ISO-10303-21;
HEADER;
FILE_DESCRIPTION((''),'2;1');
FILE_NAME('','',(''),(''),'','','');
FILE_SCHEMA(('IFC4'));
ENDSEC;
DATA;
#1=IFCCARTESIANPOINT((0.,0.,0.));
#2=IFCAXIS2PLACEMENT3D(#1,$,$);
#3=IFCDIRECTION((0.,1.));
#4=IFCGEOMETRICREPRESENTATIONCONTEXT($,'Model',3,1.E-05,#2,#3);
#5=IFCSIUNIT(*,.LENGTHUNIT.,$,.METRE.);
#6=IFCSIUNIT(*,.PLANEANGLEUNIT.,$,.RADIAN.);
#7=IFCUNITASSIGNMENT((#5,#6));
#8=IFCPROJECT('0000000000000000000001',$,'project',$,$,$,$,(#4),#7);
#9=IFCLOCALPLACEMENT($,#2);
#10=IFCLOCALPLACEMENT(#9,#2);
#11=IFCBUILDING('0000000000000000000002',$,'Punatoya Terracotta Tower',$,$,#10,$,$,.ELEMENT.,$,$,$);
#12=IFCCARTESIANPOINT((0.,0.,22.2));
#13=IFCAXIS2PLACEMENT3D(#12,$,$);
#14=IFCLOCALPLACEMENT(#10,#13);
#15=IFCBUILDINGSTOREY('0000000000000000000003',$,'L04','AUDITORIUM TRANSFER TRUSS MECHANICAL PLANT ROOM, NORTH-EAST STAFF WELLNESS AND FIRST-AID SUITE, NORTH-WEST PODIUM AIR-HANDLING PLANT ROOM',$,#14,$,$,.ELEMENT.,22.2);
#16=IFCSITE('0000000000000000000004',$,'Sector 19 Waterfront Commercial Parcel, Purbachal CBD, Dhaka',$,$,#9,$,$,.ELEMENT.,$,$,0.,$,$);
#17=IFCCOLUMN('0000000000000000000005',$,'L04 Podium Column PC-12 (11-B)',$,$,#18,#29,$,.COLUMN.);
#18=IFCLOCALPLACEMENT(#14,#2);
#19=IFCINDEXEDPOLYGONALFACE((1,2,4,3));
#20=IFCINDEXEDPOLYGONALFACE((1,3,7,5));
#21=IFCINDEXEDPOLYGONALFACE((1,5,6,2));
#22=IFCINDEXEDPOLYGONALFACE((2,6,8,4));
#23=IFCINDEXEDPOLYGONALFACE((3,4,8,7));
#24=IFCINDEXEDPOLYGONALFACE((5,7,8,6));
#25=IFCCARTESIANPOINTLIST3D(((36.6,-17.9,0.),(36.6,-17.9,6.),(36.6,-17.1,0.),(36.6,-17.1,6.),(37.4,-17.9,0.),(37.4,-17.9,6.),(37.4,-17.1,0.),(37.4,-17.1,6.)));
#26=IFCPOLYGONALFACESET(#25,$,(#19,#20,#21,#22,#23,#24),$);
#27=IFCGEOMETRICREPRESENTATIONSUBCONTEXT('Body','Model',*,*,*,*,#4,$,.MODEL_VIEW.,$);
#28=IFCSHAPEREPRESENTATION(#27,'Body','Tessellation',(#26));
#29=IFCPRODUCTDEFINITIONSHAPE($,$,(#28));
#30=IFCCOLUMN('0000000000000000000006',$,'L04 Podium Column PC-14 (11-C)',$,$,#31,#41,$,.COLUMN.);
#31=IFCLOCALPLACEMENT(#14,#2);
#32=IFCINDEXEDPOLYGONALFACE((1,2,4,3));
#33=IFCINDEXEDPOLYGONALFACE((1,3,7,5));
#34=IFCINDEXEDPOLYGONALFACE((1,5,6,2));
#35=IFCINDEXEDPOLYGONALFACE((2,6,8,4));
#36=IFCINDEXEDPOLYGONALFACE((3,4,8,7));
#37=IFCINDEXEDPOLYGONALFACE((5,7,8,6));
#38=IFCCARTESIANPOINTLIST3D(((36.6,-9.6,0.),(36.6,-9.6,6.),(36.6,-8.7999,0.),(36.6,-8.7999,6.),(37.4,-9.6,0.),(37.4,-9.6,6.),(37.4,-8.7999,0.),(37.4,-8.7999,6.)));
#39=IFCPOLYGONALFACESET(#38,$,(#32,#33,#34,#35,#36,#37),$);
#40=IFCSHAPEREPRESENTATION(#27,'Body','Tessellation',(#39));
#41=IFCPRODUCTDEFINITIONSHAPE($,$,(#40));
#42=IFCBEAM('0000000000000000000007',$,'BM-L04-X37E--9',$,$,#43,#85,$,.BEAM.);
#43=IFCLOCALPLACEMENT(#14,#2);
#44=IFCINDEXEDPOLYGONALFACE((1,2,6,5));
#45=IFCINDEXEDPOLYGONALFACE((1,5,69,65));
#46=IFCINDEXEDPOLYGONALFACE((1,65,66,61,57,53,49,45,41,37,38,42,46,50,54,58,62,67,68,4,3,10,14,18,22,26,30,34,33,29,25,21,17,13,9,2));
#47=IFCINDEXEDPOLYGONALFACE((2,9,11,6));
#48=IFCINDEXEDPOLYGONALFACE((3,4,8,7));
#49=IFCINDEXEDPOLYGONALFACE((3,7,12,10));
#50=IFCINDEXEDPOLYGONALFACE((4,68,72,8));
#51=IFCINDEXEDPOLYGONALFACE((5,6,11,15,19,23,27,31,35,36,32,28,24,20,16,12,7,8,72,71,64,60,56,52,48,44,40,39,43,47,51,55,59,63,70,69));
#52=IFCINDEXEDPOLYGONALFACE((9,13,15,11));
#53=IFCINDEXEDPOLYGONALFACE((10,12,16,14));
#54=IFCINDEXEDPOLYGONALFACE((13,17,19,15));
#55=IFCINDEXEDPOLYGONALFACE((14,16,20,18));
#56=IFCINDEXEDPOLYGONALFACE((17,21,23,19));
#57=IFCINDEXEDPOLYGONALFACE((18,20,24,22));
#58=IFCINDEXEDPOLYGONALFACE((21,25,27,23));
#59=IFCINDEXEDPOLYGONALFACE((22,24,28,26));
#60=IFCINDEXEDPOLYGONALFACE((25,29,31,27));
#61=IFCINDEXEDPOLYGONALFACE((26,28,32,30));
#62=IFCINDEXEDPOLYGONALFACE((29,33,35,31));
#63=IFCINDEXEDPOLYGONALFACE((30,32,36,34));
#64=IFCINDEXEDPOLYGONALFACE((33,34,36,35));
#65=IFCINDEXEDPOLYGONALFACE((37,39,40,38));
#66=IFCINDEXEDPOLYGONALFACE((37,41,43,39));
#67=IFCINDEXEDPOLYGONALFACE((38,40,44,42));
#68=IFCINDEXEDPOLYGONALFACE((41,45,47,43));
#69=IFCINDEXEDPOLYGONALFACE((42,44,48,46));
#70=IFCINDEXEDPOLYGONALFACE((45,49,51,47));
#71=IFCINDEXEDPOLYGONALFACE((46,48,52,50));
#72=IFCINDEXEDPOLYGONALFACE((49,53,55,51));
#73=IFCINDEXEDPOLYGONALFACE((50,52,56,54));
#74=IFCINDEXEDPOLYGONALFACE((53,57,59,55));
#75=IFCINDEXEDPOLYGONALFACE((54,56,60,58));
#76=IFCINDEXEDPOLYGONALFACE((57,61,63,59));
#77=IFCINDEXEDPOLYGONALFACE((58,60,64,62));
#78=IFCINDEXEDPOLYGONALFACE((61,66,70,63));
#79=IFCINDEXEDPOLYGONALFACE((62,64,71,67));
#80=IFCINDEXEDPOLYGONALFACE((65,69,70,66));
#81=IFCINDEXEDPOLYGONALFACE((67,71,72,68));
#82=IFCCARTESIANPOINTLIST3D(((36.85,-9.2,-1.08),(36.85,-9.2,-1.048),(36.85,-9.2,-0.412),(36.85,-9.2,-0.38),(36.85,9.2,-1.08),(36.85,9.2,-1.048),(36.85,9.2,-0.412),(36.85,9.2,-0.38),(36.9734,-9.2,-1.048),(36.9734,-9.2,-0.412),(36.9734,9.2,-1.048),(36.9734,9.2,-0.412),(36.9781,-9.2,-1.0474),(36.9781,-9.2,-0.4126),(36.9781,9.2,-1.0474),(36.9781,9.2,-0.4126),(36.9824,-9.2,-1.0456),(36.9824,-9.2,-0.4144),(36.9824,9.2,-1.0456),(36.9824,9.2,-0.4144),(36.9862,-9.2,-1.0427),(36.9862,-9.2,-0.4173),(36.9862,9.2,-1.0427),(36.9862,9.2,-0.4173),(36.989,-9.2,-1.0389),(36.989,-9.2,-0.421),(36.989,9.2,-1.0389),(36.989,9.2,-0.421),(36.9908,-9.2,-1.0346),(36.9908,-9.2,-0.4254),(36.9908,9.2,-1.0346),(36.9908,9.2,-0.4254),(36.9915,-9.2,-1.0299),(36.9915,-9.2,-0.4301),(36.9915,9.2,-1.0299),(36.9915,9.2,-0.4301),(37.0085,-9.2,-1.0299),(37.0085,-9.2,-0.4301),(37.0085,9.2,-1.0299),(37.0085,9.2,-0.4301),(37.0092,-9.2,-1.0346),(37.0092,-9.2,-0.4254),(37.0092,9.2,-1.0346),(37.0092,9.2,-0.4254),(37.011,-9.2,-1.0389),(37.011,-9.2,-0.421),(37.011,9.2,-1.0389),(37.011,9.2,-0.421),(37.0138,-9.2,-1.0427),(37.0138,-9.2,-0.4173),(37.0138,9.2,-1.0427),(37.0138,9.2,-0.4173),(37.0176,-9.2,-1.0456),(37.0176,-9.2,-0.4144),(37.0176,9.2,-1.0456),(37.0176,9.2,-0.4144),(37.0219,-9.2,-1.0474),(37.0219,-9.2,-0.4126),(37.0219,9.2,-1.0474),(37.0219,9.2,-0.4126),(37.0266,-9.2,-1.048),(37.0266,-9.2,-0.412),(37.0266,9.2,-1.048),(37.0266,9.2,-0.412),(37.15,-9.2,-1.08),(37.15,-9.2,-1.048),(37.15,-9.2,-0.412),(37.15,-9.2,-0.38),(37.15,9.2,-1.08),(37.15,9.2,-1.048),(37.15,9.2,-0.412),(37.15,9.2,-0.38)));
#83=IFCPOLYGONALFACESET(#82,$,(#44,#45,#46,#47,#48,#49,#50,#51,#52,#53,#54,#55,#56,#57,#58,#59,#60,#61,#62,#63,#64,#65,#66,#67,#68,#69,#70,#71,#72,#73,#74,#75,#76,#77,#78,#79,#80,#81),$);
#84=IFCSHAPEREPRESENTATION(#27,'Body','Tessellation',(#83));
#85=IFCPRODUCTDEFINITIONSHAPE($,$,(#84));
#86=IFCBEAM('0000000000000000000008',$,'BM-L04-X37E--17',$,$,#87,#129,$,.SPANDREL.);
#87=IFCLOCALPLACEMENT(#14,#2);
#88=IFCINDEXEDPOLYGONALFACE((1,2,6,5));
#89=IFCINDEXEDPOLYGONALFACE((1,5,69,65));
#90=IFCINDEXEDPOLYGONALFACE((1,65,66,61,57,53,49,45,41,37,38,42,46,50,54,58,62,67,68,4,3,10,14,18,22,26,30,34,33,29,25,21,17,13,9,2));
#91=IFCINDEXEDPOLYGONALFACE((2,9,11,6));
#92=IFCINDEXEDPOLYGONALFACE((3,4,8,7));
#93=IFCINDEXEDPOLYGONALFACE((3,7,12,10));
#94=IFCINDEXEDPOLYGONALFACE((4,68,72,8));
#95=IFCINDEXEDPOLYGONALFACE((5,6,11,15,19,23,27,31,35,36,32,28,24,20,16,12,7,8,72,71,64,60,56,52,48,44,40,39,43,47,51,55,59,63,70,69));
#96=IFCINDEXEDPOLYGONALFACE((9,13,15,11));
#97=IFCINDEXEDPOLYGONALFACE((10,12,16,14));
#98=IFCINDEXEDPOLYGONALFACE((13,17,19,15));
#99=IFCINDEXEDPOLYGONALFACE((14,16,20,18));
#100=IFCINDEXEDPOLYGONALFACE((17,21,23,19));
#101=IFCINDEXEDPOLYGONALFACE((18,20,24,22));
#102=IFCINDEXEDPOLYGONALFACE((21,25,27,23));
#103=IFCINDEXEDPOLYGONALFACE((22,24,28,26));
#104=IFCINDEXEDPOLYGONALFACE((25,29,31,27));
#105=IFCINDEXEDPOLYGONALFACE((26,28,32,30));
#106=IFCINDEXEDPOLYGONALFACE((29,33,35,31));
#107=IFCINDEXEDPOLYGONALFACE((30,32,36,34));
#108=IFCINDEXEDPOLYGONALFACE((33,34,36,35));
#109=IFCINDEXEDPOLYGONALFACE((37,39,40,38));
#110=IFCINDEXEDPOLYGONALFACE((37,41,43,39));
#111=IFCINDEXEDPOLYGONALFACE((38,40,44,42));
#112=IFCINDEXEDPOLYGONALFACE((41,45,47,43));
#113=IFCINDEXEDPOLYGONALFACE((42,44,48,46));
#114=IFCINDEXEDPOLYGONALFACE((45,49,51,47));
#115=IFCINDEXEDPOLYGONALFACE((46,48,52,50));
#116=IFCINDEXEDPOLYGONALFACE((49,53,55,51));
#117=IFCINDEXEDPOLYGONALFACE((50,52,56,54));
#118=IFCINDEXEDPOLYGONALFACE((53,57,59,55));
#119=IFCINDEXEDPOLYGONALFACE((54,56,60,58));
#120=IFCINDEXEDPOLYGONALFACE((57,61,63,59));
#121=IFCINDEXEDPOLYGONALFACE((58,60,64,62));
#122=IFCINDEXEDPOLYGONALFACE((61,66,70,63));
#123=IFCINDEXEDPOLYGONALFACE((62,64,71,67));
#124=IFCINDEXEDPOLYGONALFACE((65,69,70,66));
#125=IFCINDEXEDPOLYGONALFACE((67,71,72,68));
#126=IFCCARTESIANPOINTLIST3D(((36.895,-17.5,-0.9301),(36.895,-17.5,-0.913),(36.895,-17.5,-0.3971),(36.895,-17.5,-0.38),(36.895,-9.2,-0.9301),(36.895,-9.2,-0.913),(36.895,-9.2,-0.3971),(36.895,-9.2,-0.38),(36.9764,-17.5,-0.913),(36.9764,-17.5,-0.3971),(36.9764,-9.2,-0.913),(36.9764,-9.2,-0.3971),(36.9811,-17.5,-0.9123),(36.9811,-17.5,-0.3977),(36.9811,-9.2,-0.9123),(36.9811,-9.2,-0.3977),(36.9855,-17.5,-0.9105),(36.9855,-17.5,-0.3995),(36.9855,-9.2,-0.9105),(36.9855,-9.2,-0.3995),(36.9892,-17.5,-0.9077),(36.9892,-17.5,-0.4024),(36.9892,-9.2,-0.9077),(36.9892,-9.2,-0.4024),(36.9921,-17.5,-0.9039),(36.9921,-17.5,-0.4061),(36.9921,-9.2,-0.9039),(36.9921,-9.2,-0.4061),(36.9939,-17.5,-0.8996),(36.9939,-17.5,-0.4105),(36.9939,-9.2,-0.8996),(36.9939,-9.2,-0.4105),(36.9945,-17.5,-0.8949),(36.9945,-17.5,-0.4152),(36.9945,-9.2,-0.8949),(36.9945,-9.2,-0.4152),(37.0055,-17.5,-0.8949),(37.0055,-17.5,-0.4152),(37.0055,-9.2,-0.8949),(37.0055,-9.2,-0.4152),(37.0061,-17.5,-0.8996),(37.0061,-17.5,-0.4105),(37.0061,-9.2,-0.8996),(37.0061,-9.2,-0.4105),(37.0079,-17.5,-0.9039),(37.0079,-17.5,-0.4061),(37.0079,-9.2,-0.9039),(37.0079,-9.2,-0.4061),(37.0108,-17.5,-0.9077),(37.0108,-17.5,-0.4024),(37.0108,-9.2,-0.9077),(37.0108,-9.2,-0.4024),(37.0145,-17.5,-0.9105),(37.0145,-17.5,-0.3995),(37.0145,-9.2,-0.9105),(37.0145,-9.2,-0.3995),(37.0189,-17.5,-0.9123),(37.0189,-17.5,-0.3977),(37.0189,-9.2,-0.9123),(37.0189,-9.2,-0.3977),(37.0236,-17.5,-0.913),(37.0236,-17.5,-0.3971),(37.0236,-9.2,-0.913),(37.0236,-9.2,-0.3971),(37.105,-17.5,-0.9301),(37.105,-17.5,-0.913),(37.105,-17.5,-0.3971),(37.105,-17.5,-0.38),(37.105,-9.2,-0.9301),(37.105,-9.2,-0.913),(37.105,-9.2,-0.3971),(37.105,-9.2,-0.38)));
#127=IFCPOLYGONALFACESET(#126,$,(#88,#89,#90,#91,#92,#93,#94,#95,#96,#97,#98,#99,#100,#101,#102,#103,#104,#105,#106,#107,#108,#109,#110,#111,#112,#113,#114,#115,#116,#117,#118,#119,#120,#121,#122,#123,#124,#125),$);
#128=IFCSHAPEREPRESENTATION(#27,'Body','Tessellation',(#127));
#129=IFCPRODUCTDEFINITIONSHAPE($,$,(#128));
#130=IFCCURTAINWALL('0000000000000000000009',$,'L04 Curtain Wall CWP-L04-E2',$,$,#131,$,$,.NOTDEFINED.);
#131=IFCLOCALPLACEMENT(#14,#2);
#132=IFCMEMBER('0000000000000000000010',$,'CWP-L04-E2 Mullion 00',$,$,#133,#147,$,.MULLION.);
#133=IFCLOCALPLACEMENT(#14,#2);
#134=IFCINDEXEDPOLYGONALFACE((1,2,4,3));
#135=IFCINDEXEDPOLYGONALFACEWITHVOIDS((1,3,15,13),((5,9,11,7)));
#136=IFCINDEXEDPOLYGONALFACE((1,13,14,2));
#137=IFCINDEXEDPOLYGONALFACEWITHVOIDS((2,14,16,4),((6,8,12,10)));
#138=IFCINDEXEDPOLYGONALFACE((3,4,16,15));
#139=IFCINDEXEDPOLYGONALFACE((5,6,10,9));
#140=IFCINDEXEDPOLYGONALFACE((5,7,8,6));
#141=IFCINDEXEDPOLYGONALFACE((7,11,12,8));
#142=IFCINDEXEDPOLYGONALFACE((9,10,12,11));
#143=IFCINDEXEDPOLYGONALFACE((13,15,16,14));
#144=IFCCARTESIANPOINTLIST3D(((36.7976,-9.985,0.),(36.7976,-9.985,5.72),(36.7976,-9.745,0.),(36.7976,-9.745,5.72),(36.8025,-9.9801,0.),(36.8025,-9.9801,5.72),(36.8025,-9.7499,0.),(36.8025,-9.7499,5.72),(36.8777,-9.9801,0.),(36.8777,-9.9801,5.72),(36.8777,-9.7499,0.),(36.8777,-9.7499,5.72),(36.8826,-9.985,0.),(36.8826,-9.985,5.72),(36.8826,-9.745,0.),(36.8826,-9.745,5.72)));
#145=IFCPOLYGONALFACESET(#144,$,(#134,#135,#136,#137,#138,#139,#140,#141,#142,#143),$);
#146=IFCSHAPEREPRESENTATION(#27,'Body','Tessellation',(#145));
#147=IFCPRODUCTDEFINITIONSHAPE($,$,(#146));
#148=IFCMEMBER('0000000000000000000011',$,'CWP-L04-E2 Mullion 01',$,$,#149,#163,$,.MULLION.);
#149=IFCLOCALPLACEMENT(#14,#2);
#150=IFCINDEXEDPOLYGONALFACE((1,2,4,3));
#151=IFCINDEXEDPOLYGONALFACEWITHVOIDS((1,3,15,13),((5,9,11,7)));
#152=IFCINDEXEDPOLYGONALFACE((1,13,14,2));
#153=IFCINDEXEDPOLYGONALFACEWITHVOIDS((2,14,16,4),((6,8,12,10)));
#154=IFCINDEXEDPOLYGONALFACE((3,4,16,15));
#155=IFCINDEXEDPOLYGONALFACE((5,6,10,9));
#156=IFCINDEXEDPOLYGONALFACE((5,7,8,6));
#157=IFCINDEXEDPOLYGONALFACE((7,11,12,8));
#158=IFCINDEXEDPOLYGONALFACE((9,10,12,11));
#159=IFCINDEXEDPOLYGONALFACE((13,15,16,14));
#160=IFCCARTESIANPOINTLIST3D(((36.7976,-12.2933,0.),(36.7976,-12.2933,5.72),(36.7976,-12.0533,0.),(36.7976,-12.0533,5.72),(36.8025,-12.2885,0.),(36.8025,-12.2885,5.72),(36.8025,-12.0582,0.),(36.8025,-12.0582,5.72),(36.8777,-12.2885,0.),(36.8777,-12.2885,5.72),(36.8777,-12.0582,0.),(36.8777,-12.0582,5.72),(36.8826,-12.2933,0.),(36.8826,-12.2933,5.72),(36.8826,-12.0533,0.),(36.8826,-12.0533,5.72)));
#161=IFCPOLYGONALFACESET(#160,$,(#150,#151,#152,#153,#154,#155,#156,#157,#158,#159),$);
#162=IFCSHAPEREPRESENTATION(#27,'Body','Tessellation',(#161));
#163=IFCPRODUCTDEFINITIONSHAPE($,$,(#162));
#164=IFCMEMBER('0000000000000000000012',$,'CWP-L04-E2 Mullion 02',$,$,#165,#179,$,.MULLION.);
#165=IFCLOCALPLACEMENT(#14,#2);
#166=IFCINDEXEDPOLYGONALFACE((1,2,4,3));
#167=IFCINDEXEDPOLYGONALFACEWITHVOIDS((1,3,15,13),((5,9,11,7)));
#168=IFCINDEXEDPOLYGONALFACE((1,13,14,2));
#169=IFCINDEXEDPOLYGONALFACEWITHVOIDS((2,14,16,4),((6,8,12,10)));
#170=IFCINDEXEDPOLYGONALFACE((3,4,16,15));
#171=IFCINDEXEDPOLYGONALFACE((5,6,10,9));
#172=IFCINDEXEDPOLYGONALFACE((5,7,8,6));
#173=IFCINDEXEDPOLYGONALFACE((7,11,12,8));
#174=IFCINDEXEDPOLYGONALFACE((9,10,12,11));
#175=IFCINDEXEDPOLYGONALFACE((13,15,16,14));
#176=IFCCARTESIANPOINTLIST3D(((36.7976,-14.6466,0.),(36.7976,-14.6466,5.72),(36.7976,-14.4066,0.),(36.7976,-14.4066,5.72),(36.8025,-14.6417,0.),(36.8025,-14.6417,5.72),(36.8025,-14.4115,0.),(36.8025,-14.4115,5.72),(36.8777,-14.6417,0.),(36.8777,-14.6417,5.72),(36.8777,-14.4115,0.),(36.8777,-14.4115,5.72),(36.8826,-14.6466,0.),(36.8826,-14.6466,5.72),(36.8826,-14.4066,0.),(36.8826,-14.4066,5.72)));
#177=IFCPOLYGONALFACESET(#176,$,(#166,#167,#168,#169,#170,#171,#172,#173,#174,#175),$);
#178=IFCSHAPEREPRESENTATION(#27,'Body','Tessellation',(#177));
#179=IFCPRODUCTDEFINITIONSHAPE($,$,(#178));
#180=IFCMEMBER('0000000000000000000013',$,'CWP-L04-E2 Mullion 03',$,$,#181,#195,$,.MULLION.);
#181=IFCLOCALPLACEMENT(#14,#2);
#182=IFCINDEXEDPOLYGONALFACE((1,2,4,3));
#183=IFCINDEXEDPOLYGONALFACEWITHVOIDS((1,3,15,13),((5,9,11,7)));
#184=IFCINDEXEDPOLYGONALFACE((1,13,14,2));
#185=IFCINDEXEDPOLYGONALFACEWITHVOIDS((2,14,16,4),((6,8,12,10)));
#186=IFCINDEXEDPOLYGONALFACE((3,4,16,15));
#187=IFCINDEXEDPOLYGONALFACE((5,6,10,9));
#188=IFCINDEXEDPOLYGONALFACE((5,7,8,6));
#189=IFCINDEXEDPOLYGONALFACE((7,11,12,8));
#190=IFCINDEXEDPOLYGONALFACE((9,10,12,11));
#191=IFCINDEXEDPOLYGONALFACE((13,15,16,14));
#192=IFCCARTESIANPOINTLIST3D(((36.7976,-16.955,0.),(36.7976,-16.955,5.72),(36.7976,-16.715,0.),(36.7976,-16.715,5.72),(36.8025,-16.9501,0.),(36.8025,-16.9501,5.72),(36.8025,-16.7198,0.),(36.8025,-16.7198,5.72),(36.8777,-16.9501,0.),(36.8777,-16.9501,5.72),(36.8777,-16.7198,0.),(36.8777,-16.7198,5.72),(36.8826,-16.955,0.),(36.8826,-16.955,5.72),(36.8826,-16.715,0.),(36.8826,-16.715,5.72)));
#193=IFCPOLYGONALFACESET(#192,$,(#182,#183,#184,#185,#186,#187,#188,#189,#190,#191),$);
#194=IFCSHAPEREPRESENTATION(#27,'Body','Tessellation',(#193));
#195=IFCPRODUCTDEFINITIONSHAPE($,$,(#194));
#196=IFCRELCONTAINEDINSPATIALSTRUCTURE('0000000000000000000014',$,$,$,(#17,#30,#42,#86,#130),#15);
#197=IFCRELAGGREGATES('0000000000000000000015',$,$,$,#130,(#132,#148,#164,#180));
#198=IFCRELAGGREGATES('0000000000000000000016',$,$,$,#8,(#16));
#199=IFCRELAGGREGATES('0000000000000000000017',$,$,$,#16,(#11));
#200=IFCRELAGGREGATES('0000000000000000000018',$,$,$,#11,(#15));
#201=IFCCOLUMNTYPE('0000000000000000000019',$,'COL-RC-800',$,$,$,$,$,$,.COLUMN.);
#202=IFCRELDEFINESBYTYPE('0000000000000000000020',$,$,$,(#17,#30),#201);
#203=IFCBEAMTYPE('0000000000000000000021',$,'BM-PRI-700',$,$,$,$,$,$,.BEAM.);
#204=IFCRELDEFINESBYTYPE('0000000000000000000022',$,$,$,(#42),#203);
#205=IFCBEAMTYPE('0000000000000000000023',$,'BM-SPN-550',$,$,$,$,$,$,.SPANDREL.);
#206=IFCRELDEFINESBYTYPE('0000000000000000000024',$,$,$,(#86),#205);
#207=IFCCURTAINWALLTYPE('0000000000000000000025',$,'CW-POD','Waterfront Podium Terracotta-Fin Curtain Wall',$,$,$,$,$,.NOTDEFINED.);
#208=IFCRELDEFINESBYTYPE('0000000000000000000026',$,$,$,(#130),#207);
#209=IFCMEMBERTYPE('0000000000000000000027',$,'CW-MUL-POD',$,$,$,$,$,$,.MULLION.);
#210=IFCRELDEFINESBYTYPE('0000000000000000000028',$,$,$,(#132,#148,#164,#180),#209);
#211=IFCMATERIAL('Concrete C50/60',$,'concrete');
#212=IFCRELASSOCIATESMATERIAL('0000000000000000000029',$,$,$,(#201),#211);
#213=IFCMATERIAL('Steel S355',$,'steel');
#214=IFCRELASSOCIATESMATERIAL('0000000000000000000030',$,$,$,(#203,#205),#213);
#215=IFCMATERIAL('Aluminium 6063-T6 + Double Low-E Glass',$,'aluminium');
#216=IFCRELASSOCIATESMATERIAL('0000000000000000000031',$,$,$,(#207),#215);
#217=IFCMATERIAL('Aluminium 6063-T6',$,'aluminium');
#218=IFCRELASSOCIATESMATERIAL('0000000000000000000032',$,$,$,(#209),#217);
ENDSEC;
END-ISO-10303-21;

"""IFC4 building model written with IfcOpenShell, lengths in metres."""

from ifc_helpers import new_model, si_unit, direction, frame, origin, origin_2d, place, context, subcontext, project, spatial, rectangle, hollow_rectangle, i_section, extrude, material, material_profile, profile_set, type_object, element, aggregate, save


model = new_model("IFC4")

# Units and contexts
model_context = context("Model", 3, precision=1e-05, world=origin(), true_north=direction((0.0, 1.0)))
body_context = subcontext(model_context, "Body", "Model", "MODEL_VIEW")
ifc_project = project(units=[si_unit("LENGTHUNIT", "METRE"), si_unit("PLANEANGLEUNIT", "RADIAN")], contexts=[model_context])

# Site, building, storey
site_placement = place(None, origin())
site = spatial("IfcSite", under=ifc_project, at=site_placement, Name="Sector 19 Waterfront Commercial Parcel, Purbachal CBD, Dhaka", CompositionType="ELEMENT", RefElevation=0.0)
building_placement = place(site_placement, origin())
building = spatial("IfcBuilding", under=site, at=building_placement, Name="Punatoya Terracotta Tower", CompositionType="ELEMENT")
storey_placement = place(building_placement, frame((0.0, 0.0, 22.2)))
storey = spatial("IfcBuildingStorey", under=building, at=storey_placement, Name="L04", Description="AUDITORIUM TRANSFER TRUSS MECHANICAL PLANT ROOM, NORTH-EAST STAFF WELLNESS AND FIRST-AID SUITE, NORTH-WEST PODIUM AIR-HANDLING PLANT ROOM", CompositionType="ELEMENT", Elevation=22.2)

# Columns
ifc_material_1 = material(Name="Concrete C50/60", Category="concrete")
ifc_material_profile_1 = material_profile(ifc_material_1, rectangle(XDim=0.8, YDim=0.8, at=origin_2d()))
ifc_profile_set_1 = profile_set([ifc_material_profile_1], Name="Concrete C50/60")
column_type = type_object("IfcColumnType", Name="COL-RC-800", PredefinedType="COLUMN", material=ifc_profile_set_1)
for number, where, z_axis, x_axis, name in (
    (1, (37.0, -17.5, 0.0), (0.0, 0.0, 1.0), (1.0, 0.0, 0.0), "L04 Podium Column PC-12 (11-B)"),
    (2, (37.0, -9.2, 0.0), (0.0, 0.0, 1.0), (1.0, 0.0, 0.0), "L04 Podium Column PC-14 (11-C)"),
):
    element("IfcColumn", number, at=place(storey_placement, frame(where, z_axis=z_axis, x_axis=x_axis)), inside=storey, type_object=column_type, Name=name, PredefinedType="COLUMN", context=body_context, shape_type="SweptSolid", body=[
        extrude(rectangle(XDim=0.8, YDim=0.8, at=origin_2d()), origin(), (0.0, 0.0, 1.0), 6.0),
    ])

# Beams
ifc_material_2 = material(Name="Steel S355", Category="steel")
ifc_material_profile_2 = material_profile(ifc_material_2, i_section(OverallWidth=0.3, OverallDepth=0.7, WebThickness=0.0171, FlangeThickness=0.032, FilletRadius=0.0181, at=origin_2d()))
ifc_profile_set_2 = profile_set([ifc_material_profile_2], Name="Steel S355")
beam_type_1 = type_object("IfcBeamType", Name="BM-PRI-700", PredefinedType="BEAM", material=ifc_profile_set_2)
beam_1_placement = place(storey_placement, frame((37.0, -9.2, -0.73), z_axis=(0.0, 1.0, 0.0), x_axis=(-1.0, 0.0, 0.0)))
element("IfcBeam", 3, at=beam_1_placement, inside=storey, type_object=beam_type_1, Name="BM-L04-X37E--9", PredefinedType="BEAM", context=body_context, shape_type="SweptSolid", body=[
    extrude(i_section(OverallWidth=0.3, OverallDepth=0.7, WebThickness=0.0171, FlangeThickness=0.032, FilletRadius=0.0181, at=origin_2d()), origin(), (0.0, 0.0, 1.0), 18.3999),
])
ifc_material_profile_3 = material_profile(ifc_material_2, i_section(OverallWidth=0.21, OverallDepth=0.55, WebThickness=0.011, FlangeThickness=0.0171, FilletRadius=0.0181, at=origin_2d()))
ifc_profile_set_3 = profile_set([ifc_material_profile_3], Name="Steel S355")
beam_type_2 = type_object("IfcBeamType", Name="BM-SPN-550", PredefinedType="SPANDREL", material=ifc_profile_set_3)
beam_2_placement = place(storey_placement, frame((37.0, -17.5, -0.655), z_axis=(0.0, 1.0, 0.0), x_axis=(-1.0, 0.0, 0.0)))
element("IfcBeam", 4, at=beam_2_placement, inside=storey, type_object=beam_type_2, Name="BM-L04-X37E--17", PredefinedType="SPANDREL", context=body_context, shape_type="SweptSolid", body=[
    extrude(i_section(OverallWidth=0.21, OverallDepth=0.55, WebThickness=0.011, FlangeThickness=0.0171, FilletRadius=0.0181, at=origin_2d()), origin(), (0.0, 0.0, 1.0), 8.3),
])

# Curtain wall, members
ifc_material_3 = material(Name="Aluminium 6063-T6 + Double Low-E Glass", Category="aluminium")
curtain_wall_type = type_object("IfcCurtainWallType", Name="CW-POD", Description="Waterfront Podium Terracotta-Fin Curtain Wall", PredefinedType="NOTDEFINED", material=ifc_material_3)
curtain_wall_1_placement = place(storey_placement, origin())
curtain_wall_1 = element("IfcCurtainWall", 5, at=curtain_wall_1_placement, inside=storey, type_object=curtain_wall_type, Name="L04 Curtain Wall CWP-L04-E2", PredefinedType="NOTDEFINED")
ifc_material_4 = material(Name="Aluminium 6063-T6", Category="aluminium")
ifc_material_profile_4 = material_profile(ifc_material_4, hollow_rectangle(XDim=0.085, YDim=0.24, WallThickness=0.0049, at=origin_2d()))
ifc_profile_set_4 = profile_set([ifc_material_profile_4], Name="Aluminium 6063-T6")
member_type_1 = type_object("IfcMemberType", Name="CW-MUL-POD", PredefinedType="MULLION", material=ifc_profile_set_4)
member_1_placement = place(storey_placement, frame((36.8401, -9.865, 0.0), z_axis=(0.0, 0.0, 1.0), x_axis=(1.0, 0.0, 0.0)))
member_1 = element("IfcMember", 6, at=member_1_placement, type_object=member_type_1, Name="CWP-L04-E2 Mullion 00", PredefinedType="MULLION", context=body_context, shape_type="SweptSolid", body=[
    extrude(hollow_rectangle(XDim=0.085, YDim=0.24, WallThickness=0.0049, at=origin_2d()), origin(), (0.0, 0.0, 1.0), 5.72),
])
member_2_placement = place(storey_placement, frame((36.8401, -12.1733, 0.0), z_axis=(0.0, 0.0, 1.0), x_axis=(1.0, 0.0, 0.0)))
member_2 = element("IfcMember", 7, at=member_2_placement, type_object=member_type_1, Name="CWP-L04-E2 Mullion 01", PredefinedType="MULLION", context=body_context, shape_type="SweptSolid", body=[
    extrude(hollow_rectangle(XDim=0.085, YDim=0.24, WallThickness=0.0049, at=origin_2d()), origin(), (0.0, 0.0, 1.0), 5.72),
])
member_3_placement = place(storey_placement, frame((36.8401, -14.5266, 0.0), z_axis=(0.0, 0.0, 1.0), x_axis=(1.0, 0.0, 0.0)))
member_3 = element("IfcMember", 8, at=member_3_placement, type_object=member_type_1, Name="CWP-L04-E2 Mullion 02", PredefinedType="MULLION", context=body_context, shape_type="SweptSolid", body=[
    extrude(hollow_rectangle(XDim=0.085, YDim=0.24, WallThickness=0.0049, at=origin_2d()), origin(), (0.0, 0.0, 1.0), 5.72),
])
member_4_placement = place(storey_placement, frame((36.8401, -16.835, 0.0), z_axis=(0.0, 0.0, 1.0), x_axis=(1.0, 0.0, 0.0)))
member_4 = element("IfcMember", 9, at=member_4_placement, type_object=member_type_1, Name="CWP-L04-E2 Mullion 03", PredefinedType="MULLION", context=body_context, shape_type="SweptSolid", body=[
    extrude(hollow_rectangle(XDim=0.085, YDim=0.24, WallThickness=0.0049, at=origin_2d()), origin(), (0.0, 0.0, 1.0), 5.72),
])

aggregate(curtain_wall_1, [member_1, member_2, member_3, member_4])

save(model, "model.ifc")
